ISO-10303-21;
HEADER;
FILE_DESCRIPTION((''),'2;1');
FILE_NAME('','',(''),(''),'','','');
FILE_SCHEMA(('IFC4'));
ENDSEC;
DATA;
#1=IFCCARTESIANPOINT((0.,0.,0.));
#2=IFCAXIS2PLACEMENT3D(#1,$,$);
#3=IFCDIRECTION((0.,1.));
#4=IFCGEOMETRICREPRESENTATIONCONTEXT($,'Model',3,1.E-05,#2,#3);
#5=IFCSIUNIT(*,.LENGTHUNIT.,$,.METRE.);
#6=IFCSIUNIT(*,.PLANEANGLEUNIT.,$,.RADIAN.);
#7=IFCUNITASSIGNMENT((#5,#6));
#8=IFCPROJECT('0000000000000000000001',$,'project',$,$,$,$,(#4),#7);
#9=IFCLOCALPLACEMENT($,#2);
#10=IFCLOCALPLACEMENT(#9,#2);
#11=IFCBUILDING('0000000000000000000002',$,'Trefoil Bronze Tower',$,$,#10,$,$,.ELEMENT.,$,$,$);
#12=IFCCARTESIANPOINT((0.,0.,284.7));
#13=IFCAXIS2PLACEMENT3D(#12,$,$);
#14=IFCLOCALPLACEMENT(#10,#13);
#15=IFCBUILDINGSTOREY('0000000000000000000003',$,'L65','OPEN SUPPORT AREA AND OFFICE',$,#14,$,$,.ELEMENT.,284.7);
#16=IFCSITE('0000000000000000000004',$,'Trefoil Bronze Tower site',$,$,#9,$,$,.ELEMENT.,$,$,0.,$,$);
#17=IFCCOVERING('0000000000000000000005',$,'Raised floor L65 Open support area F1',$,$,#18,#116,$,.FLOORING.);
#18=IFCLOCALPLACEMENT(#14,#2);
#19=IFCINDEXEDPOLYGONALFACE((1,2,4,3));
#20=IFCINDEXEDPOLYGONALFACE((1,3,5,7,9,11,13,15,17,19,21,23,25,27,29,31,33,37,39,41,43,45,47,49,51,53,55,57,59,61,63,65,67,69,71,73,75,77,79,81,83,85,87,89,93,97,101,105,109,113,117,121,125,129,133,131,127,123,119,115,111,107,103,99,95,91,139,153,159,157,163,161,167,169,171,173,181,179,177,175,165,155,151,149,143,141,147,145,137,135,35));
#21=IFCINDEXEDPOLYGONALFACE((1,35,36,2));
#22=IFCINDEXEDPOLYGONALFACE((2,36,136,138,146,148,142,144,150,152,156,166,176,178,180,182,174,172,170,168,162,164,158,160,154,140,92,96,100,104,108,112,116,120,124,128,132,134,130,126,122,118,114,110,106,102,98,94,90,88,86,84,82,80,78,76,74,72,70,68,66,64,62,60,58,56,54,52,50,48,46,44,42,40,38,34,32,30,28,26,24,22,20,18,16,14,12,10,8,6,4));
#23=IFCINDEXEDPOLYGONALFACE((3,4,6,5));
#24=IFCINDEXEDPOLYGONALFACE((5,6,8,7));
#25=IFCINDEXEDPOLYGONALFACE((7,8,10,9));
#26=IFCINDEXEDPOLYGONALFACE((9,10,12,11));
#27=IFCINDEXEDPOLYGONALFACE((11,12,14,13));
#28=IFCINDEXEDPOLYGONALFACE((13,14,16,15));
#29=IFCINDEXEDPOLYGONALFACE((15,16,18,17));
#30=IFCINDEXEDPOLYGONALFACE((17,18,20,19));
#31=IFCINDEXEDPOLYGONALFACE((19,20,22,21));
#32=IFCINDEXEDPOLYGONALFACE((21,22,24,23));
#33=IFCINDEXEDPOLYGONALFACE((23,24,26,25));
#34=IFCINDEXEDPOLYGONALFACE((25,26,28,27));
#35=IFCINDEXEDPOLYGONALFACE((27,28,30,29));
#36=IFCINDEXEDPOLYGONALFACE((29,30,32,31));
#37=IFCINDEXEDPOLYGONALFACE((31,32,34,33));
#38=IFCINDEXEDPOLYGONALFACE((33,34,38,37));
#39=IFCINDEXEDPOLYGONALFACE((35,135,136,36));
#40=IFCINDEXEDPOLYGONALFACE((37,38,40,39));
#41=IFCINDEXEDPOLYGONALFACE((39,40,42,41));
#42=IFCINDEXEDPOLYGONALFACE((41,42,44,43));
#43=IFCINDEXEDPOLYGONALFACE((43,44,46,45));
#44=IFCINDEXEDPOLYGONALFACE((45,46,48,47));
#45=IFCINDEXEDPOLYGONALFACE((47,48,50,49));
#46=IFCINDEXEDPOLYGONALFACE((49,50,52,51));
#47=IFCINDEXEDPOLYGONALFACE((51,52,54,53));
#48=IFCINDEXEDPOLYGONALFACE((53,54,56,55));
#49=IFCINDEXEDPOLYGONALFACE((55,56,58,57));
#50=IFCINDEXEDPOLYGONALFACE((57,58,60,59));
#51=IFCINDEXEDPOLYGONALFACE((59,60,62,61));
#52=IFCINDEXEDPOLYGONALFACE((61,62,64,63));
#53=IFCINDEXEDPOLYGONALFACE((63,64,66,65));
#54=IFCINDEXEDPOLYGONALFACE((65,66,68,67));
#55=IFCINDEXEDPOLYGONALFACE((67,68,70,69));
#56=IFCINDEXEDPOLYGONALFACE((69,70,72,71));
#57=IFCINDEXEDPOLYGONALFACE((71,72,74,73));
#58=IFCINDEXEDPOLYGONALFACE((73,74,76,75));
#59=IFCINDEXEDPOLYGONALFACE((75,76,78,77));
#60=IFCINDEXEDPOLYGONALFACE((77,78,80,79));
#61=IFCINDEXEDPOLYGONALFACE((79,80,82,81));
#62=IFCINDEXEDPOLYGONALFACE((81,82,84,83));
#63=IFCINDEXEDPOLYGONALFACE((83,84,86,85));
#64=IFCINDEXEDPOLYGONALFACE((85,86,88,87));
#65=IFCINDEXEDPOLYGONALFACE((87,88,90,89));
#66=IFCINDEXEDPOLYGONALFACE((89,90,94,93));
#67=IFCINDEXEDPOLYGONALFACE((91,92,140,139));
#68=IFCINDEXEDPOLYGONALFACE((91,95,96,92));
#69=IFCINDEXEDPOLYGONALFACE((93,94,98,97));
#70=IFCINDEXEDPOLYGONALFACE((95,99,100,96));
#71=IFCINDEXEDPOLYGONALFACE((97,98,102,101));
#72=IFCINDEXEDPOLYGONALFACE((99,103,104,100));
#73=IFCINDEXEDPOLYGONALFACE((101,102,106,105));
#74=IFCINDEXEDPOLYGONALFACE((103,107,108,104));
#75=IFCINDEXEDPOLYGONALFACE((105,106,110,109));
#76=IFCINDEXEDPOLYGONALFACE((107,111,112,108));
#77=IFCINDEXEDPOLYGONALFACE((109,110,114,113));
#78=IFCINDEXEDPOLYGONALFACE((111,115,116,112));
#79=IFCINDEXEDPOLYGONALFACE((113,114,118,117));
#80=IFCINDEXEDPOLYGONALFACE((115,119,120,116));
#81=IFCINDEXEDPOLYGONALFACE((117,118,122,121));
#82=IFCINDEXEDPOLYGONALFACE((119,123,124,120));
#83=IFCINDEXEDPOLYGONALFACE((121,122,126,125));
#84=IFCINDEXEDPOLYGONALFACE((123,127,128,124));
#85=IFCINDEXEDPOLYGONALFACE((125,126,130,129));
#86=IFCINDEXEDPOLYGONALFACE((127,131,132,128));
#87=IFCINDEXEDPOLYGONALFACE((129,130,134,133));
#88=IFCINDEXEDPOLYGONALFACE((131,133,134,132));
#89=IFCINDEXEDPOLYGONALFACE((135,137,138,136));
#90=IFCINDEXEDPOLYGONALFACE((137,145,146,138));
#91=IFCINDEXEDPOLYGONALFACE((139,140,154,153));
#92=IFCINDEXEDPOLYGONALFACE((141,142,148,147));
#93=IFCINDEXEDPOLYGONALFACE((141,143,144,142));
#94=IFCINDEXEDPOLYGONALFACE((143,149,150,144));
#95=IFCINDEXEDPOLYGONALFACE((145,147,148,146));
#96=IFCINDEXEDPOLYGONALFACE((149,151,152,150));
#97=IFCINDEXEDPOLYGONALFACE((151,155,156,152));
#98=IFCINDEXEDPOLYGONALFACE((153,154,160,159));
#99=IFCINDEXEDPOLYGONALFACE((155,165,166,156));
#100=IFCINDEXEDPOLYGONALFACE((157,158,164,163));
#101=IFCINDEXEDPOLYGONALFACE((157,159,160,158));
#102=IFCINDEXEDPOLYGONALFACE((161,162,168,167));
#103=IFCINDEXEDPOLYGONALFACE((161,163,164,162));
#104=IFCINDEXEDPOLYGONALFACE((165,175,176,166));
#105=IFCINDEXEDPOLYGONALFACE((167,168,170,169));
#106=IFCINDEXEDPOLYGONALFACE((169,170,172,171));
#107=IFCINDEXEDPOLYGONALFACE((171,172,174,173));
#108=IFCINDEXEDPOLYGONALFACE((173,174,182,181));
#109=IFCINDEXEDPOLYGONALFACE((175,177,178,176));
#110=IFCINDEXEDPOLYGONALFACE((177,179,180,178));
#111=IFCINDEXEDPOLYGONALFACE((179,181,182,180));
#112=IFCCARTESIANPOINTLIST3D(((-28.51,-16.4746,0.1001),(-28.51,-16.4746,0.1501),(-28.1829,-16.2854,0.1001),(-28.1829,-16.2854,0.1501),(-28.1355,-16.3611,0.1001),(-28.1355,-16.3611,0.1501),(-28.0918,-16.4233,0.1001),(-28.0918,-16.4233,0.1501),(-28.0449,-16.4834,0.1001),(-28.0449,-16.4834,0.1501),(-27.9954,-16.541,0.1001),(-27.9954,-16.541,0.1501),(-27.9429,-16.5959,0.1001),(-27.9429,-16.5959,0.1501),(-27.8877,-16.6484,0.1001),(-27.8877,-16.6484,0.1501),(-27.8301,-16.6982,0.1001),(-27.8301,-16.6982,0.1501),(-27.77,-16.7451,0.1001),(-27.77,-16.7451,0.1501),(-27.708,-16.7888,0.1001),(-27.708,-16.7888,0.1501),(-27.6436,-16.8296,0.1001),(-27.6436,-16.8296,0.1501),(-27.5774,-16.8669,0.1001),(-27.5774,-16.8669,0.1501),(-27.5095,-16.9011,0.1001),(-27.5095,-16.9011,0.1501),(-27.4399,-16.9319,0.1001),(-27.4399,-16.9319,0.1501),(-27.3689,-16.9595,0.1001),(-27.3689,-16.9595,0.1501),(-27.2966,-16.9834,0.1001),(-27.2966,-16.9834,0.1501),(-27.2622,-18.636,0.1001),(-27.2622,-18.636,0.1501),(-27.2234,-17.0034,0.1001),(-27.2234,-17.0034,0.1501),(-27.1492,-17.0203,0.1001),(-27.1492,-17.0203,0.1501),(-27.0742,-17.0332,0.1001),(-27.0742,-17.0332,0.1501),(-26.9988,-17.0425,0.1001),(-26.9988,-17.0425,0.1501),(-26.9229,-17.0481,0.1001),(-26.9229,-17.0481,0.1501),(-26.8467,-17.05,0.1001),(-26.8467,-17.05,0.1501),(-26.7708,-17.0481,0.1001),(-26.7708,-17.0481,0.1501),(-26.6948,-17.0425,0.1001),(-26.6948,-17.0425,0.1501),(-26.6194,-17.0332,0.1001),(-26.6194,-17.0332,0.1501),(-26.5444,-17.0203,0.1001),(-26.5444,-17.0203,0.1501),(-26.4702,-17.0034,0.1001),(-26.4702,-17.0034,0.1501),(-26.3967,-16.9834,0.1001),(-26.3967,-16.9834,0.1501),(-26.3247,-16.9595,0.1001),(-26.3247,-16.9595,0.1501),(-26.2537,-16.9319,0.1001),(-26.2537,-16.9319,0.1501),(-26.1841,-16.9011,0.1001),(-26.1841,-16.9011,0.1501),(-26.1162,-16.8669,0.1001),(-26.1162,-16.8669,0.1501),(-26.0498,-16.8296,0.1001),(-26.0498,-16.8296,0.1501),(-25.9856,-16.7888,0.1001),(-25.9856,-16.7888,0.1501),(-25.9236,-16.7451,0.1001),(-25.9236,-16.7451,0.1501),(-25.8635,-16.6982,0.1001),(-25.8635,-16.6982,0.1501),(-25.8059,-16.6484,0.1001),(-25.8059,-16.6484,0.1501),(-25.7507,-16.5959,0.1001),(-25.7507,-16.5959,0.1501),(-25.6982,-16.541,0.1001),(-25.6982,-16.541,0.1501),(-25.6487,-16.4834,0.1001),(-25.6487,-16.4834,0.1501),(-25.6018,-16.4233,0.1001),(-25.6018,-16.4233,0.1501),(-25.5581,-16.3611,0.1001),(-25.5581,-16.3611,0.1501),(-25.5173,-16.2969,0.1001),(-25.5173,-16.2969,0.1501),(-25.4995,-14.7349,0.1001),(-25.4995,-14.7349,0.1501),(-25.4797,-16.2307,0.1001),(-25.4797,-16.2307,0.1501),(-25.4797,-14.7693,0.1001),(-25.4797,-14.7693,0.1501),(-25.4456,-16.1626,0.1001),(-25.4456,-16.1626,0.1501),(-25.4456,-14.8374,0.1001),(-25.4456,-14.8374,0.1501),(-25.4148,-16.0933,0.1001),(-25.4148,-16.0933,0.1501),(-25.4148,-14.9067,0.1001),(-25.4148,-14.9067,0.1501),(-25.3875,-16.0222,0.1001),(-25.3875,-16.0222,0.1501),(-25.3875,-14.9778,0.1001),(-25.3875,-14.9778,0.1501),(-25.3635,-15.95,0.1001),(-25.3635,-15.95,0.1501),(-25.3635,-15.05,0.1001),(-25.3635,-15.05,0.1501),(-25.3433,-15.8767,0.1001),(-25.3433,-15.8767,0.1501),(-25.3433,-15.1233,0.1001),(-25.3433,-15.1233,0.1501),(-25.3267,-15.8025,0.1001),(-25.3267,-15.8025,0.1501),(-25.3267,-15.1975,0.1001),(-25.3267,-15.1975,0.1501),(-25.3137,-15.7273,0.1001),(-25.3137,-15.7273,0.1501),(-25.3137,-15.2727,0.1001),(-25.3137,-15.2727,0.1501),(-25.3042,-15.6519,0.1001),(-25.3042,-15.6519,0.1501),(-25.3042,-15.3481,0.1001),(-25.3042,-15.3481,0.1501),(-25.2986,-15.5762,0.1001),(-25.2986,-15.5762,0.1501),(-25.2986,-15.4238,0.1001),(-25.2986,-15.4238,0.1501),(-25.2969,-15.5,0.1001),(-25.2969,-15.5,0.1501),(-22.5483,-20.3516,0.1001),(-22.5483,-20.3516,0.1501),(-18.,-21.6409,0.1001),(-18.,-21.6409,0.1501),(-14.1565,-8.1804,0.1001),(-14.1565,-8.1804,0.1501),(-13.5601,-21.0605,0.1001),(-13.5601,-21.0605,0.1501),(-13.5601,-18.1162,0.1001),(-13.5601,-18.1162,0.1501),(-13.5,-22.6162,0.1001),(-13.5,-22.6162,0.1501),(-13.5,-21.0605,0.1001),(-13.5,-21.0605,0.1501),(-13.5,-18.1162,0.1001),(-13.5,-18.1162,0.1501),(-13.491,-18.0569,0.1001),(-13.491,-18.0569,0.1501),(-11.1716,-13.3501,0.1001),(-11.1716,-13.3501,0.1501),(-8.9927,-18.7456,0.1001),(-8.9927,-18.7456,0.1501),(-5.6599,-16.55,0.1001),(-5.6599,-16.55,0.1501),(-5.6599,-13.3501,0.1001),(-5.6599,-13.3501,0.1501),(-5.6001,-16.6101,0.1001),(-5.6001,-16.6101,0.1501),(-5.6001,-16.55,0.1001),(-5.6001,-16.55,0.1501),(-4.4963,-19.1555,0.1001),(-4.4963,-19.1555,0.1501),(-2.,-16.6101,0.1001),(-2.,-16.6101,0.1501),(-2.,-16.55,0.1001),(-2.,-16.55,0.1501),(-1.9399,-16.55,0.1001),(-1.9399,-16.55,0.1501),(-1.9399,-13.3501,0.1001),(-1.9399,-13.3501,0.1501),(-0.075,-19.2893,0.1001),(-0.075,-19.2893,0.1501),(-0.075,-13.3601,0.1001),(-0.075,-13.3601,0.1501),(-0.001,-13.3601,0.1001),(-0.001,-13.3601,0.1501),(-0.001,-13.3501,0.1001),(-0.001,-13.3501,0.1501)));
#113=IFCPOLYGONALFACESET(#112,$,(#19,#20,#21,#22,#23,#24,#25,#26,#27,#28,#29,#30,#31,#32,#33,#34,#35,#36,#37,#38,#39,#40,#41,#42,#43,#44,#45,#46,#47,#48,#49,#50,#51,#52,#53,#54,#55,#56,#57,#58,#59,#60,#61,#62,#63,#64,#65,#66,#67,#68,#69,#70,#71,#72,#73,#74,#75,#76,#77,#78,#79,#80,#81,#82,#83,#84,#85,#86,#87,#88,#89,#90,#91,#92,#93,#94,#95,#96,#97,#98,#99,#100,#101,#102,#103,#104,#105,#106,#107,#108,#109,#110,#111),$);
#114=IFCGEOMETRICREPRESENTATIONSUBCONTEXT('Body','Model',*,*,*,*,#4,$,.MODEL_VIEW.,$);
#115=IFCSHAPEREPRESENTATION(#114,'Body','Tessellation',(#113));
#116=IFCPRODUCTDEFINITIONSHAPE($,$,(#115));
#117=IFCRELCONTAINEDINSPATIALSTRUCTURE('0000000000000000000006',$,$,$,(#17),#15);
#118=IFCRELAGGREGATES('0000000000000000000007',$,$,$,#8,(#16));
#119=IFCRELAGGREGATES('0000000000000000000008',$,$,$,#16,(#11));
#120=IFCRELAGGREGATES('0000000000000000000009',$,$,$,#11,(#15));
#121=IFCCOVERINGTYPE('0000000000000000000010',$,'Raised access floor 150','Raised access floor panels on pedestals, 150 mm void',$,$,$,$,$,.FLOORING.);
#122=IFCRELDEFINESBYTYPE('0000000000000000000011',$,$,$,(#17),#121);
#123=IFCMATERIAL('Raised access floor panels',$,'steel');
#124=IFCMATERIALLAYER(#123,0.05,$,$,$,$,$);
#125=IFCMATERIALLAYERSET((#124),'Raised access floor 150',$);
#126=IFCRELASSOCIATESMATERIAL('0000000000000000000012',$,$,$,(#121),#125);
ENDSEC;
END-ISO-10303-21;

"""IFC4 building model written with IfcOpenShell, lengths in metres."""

from ifc_helpers import new_model, si_unit, direction, frame, origin, place, context, subcontext, project, spatial, polyline, outline, extrude, material, layer, layer_set, type_object, element, save


model = new_model("IFC4")

# Units and contexts
model_context = context("Model", 3, precision=1e-05, world=origin(), true_north=direction((0.0, 1.0)))
body_context = subcontext(model_context, "Body", "Model", "MODEL_VIEW")
ifc_project = project(units=[si_unit("LENGTHUNIT", "METRE"), si_unit("PLANEANGLEUNIT", "RADIAN")], contexts=[model_context])

# Site, building, storey
site_placement = place(None, origin())
site = spatial("IfcSite", under=ifc_project, at=site_placement, Name="Trefoil Bronze Tower site", CompositionType="ELEMENT", RefElevation=0.0)
building_placement = place(site_placement, origin())
building = spatial("IfcBuilding", under=site, at=building_placement, Name="Trefoil Bronze Tower", CompositionType="ELEMENT")
storey_placement = place(building_placement, frame((0.0, 0.0, 284.7)))
storey = spatial("IfcBuildingStorey", under=building, at=storey_placement, Name="L65", Description="OPEN SUPPORT AREA AND OFFICE", CompositionType="ELEMENT", Elevation=284.7)

# Covering
ifc_material_1 = material(Name="Raised access floor panels", Category="steel")
ifc_layer_1 = layer(ifc_material_1, 0.05)
ifc_layer_set_1 = layer_set([ifc_layer_1], Name="Raised access floor 150")
covering_type_1 = type_object("IfcCoveringType", Name="Raised access floor 150", Description="Raised access floor panels on pedestals, 150 mm void", PredefinedType="FLOORING", material=ifc_layer_set_1)
covering_1_placement = place(storey_placement, frame((0.0, 0.0, 0.1001)))
element("IfcCovering", 1, at=covering_1_placement, inside=storey, type_object=covering_type_1, Name="Raised floor L65 Open support area F1", PredefinedType="FLOORING", context=body_context, shape_type="SweptSolid", body=[
    extrude(outline(polyline([(-25.4995, -14.7349), (-14.1565, -8.1804), (-11.1716, -13.3501), (-5.6599, -13.3501), (-5.6599, -16.55), (-5.6001, -16.55), (-5.6001, -16.6101), (-2.0, -16.6101), (-2.0, -16.55), (-1.9399, -16.55), (-1.9399, -13.3501), (-0.001, -13.3501), (-0.001, -13.3601), (-0.075, -13.3601), (-0.075, -19.2893), (-4.4963, -19.1555), (-8.9927, -18.7456), (-13.491, -18.0569), (-13.5, -18.1162), (-13.5601, -18.1162), (-13.5601, -21.0605), (-13.5, -21.0605), (-13.5, -22.6162), (-18.0, -21.6409), (-22.5483, -20.3516), (-27.2622, -18.636), (-28.51, -16.4746), (-28.1829, -16.2854), (-28.1355, -16.3611), (-28.0918, -16.4233), (-28.0449, -16.4834), (-27.9954, -16.541), (-27.9429, -16.5959), (-27.8877, -16.6484), (-27.8301, -16.6982), (-27.77, -16.7451), (-27.708, -16.7888), (-27.6436, -16.8296), (-27.5774, -16.8669), (-27.5095, -16.9011), (-27.4399, -16.9319), (-27.3689, -16.9595), (-27.2966, -16.9834), (-27.2234, -17.0034), (-27.1492, -17.0203), (-27.0742, -17.0332), (-26.9988, -17.0425), (-26.9229, -17.0481), (-26.8467, -17.05), (-26.7708, -17.0481), (-26.6948, -17.0425), (-26.6194, -17.0332), (-26.5444, -17.0203), (-26.4702, -17.0034), (-26.3967, -16.9834), (-26.3247, -16.9595), (-26.2537, -16.9319), (-26.1841, -16.9011), (-26.1162, -16.8669), (-26.0498, -16.8296), (-25.9856, -16.7888), (-25.9236, -16.7451), (-25.8635, -16.6982), (-25.8059, -16.6484), (-25.7507, -16.5959), (-25.6982, -16.541), (-25.6487, -16.4834), (-25.6018, -16.4233), (-25.5581, -16.3611), (-25.5173, -16.2969), (-25.4797, -16.2307), (-25.4456, -16.1626), (-25.4148, -16.0933), (-25.3875, -16.0222), (-25.3635, -15.95), (-25.3433, -15.8767), (-25.3267, -15.8025), (-25.3137, -15.7273), (-25.3042, -15.6519), (-25.2986, -15.5762), (-25.2969, -15.5), (-25.2986, -15.4238), (-25.3042, -15.3481), (-25.3137, -15.2727), (-25.3267, -15.1975), (-25.3433, -15.1233), (-25.3635, -15.05), (-25.3875, -14.9778), (-25.4148, -14.9067), (-25.4456, -14.8374), (-25.4797, -14.7693), (-25.4995, -14.7349)])), origin(), (0.0, 0.0, 1.0), 0.05),
])

save(model, "model.ifc")
